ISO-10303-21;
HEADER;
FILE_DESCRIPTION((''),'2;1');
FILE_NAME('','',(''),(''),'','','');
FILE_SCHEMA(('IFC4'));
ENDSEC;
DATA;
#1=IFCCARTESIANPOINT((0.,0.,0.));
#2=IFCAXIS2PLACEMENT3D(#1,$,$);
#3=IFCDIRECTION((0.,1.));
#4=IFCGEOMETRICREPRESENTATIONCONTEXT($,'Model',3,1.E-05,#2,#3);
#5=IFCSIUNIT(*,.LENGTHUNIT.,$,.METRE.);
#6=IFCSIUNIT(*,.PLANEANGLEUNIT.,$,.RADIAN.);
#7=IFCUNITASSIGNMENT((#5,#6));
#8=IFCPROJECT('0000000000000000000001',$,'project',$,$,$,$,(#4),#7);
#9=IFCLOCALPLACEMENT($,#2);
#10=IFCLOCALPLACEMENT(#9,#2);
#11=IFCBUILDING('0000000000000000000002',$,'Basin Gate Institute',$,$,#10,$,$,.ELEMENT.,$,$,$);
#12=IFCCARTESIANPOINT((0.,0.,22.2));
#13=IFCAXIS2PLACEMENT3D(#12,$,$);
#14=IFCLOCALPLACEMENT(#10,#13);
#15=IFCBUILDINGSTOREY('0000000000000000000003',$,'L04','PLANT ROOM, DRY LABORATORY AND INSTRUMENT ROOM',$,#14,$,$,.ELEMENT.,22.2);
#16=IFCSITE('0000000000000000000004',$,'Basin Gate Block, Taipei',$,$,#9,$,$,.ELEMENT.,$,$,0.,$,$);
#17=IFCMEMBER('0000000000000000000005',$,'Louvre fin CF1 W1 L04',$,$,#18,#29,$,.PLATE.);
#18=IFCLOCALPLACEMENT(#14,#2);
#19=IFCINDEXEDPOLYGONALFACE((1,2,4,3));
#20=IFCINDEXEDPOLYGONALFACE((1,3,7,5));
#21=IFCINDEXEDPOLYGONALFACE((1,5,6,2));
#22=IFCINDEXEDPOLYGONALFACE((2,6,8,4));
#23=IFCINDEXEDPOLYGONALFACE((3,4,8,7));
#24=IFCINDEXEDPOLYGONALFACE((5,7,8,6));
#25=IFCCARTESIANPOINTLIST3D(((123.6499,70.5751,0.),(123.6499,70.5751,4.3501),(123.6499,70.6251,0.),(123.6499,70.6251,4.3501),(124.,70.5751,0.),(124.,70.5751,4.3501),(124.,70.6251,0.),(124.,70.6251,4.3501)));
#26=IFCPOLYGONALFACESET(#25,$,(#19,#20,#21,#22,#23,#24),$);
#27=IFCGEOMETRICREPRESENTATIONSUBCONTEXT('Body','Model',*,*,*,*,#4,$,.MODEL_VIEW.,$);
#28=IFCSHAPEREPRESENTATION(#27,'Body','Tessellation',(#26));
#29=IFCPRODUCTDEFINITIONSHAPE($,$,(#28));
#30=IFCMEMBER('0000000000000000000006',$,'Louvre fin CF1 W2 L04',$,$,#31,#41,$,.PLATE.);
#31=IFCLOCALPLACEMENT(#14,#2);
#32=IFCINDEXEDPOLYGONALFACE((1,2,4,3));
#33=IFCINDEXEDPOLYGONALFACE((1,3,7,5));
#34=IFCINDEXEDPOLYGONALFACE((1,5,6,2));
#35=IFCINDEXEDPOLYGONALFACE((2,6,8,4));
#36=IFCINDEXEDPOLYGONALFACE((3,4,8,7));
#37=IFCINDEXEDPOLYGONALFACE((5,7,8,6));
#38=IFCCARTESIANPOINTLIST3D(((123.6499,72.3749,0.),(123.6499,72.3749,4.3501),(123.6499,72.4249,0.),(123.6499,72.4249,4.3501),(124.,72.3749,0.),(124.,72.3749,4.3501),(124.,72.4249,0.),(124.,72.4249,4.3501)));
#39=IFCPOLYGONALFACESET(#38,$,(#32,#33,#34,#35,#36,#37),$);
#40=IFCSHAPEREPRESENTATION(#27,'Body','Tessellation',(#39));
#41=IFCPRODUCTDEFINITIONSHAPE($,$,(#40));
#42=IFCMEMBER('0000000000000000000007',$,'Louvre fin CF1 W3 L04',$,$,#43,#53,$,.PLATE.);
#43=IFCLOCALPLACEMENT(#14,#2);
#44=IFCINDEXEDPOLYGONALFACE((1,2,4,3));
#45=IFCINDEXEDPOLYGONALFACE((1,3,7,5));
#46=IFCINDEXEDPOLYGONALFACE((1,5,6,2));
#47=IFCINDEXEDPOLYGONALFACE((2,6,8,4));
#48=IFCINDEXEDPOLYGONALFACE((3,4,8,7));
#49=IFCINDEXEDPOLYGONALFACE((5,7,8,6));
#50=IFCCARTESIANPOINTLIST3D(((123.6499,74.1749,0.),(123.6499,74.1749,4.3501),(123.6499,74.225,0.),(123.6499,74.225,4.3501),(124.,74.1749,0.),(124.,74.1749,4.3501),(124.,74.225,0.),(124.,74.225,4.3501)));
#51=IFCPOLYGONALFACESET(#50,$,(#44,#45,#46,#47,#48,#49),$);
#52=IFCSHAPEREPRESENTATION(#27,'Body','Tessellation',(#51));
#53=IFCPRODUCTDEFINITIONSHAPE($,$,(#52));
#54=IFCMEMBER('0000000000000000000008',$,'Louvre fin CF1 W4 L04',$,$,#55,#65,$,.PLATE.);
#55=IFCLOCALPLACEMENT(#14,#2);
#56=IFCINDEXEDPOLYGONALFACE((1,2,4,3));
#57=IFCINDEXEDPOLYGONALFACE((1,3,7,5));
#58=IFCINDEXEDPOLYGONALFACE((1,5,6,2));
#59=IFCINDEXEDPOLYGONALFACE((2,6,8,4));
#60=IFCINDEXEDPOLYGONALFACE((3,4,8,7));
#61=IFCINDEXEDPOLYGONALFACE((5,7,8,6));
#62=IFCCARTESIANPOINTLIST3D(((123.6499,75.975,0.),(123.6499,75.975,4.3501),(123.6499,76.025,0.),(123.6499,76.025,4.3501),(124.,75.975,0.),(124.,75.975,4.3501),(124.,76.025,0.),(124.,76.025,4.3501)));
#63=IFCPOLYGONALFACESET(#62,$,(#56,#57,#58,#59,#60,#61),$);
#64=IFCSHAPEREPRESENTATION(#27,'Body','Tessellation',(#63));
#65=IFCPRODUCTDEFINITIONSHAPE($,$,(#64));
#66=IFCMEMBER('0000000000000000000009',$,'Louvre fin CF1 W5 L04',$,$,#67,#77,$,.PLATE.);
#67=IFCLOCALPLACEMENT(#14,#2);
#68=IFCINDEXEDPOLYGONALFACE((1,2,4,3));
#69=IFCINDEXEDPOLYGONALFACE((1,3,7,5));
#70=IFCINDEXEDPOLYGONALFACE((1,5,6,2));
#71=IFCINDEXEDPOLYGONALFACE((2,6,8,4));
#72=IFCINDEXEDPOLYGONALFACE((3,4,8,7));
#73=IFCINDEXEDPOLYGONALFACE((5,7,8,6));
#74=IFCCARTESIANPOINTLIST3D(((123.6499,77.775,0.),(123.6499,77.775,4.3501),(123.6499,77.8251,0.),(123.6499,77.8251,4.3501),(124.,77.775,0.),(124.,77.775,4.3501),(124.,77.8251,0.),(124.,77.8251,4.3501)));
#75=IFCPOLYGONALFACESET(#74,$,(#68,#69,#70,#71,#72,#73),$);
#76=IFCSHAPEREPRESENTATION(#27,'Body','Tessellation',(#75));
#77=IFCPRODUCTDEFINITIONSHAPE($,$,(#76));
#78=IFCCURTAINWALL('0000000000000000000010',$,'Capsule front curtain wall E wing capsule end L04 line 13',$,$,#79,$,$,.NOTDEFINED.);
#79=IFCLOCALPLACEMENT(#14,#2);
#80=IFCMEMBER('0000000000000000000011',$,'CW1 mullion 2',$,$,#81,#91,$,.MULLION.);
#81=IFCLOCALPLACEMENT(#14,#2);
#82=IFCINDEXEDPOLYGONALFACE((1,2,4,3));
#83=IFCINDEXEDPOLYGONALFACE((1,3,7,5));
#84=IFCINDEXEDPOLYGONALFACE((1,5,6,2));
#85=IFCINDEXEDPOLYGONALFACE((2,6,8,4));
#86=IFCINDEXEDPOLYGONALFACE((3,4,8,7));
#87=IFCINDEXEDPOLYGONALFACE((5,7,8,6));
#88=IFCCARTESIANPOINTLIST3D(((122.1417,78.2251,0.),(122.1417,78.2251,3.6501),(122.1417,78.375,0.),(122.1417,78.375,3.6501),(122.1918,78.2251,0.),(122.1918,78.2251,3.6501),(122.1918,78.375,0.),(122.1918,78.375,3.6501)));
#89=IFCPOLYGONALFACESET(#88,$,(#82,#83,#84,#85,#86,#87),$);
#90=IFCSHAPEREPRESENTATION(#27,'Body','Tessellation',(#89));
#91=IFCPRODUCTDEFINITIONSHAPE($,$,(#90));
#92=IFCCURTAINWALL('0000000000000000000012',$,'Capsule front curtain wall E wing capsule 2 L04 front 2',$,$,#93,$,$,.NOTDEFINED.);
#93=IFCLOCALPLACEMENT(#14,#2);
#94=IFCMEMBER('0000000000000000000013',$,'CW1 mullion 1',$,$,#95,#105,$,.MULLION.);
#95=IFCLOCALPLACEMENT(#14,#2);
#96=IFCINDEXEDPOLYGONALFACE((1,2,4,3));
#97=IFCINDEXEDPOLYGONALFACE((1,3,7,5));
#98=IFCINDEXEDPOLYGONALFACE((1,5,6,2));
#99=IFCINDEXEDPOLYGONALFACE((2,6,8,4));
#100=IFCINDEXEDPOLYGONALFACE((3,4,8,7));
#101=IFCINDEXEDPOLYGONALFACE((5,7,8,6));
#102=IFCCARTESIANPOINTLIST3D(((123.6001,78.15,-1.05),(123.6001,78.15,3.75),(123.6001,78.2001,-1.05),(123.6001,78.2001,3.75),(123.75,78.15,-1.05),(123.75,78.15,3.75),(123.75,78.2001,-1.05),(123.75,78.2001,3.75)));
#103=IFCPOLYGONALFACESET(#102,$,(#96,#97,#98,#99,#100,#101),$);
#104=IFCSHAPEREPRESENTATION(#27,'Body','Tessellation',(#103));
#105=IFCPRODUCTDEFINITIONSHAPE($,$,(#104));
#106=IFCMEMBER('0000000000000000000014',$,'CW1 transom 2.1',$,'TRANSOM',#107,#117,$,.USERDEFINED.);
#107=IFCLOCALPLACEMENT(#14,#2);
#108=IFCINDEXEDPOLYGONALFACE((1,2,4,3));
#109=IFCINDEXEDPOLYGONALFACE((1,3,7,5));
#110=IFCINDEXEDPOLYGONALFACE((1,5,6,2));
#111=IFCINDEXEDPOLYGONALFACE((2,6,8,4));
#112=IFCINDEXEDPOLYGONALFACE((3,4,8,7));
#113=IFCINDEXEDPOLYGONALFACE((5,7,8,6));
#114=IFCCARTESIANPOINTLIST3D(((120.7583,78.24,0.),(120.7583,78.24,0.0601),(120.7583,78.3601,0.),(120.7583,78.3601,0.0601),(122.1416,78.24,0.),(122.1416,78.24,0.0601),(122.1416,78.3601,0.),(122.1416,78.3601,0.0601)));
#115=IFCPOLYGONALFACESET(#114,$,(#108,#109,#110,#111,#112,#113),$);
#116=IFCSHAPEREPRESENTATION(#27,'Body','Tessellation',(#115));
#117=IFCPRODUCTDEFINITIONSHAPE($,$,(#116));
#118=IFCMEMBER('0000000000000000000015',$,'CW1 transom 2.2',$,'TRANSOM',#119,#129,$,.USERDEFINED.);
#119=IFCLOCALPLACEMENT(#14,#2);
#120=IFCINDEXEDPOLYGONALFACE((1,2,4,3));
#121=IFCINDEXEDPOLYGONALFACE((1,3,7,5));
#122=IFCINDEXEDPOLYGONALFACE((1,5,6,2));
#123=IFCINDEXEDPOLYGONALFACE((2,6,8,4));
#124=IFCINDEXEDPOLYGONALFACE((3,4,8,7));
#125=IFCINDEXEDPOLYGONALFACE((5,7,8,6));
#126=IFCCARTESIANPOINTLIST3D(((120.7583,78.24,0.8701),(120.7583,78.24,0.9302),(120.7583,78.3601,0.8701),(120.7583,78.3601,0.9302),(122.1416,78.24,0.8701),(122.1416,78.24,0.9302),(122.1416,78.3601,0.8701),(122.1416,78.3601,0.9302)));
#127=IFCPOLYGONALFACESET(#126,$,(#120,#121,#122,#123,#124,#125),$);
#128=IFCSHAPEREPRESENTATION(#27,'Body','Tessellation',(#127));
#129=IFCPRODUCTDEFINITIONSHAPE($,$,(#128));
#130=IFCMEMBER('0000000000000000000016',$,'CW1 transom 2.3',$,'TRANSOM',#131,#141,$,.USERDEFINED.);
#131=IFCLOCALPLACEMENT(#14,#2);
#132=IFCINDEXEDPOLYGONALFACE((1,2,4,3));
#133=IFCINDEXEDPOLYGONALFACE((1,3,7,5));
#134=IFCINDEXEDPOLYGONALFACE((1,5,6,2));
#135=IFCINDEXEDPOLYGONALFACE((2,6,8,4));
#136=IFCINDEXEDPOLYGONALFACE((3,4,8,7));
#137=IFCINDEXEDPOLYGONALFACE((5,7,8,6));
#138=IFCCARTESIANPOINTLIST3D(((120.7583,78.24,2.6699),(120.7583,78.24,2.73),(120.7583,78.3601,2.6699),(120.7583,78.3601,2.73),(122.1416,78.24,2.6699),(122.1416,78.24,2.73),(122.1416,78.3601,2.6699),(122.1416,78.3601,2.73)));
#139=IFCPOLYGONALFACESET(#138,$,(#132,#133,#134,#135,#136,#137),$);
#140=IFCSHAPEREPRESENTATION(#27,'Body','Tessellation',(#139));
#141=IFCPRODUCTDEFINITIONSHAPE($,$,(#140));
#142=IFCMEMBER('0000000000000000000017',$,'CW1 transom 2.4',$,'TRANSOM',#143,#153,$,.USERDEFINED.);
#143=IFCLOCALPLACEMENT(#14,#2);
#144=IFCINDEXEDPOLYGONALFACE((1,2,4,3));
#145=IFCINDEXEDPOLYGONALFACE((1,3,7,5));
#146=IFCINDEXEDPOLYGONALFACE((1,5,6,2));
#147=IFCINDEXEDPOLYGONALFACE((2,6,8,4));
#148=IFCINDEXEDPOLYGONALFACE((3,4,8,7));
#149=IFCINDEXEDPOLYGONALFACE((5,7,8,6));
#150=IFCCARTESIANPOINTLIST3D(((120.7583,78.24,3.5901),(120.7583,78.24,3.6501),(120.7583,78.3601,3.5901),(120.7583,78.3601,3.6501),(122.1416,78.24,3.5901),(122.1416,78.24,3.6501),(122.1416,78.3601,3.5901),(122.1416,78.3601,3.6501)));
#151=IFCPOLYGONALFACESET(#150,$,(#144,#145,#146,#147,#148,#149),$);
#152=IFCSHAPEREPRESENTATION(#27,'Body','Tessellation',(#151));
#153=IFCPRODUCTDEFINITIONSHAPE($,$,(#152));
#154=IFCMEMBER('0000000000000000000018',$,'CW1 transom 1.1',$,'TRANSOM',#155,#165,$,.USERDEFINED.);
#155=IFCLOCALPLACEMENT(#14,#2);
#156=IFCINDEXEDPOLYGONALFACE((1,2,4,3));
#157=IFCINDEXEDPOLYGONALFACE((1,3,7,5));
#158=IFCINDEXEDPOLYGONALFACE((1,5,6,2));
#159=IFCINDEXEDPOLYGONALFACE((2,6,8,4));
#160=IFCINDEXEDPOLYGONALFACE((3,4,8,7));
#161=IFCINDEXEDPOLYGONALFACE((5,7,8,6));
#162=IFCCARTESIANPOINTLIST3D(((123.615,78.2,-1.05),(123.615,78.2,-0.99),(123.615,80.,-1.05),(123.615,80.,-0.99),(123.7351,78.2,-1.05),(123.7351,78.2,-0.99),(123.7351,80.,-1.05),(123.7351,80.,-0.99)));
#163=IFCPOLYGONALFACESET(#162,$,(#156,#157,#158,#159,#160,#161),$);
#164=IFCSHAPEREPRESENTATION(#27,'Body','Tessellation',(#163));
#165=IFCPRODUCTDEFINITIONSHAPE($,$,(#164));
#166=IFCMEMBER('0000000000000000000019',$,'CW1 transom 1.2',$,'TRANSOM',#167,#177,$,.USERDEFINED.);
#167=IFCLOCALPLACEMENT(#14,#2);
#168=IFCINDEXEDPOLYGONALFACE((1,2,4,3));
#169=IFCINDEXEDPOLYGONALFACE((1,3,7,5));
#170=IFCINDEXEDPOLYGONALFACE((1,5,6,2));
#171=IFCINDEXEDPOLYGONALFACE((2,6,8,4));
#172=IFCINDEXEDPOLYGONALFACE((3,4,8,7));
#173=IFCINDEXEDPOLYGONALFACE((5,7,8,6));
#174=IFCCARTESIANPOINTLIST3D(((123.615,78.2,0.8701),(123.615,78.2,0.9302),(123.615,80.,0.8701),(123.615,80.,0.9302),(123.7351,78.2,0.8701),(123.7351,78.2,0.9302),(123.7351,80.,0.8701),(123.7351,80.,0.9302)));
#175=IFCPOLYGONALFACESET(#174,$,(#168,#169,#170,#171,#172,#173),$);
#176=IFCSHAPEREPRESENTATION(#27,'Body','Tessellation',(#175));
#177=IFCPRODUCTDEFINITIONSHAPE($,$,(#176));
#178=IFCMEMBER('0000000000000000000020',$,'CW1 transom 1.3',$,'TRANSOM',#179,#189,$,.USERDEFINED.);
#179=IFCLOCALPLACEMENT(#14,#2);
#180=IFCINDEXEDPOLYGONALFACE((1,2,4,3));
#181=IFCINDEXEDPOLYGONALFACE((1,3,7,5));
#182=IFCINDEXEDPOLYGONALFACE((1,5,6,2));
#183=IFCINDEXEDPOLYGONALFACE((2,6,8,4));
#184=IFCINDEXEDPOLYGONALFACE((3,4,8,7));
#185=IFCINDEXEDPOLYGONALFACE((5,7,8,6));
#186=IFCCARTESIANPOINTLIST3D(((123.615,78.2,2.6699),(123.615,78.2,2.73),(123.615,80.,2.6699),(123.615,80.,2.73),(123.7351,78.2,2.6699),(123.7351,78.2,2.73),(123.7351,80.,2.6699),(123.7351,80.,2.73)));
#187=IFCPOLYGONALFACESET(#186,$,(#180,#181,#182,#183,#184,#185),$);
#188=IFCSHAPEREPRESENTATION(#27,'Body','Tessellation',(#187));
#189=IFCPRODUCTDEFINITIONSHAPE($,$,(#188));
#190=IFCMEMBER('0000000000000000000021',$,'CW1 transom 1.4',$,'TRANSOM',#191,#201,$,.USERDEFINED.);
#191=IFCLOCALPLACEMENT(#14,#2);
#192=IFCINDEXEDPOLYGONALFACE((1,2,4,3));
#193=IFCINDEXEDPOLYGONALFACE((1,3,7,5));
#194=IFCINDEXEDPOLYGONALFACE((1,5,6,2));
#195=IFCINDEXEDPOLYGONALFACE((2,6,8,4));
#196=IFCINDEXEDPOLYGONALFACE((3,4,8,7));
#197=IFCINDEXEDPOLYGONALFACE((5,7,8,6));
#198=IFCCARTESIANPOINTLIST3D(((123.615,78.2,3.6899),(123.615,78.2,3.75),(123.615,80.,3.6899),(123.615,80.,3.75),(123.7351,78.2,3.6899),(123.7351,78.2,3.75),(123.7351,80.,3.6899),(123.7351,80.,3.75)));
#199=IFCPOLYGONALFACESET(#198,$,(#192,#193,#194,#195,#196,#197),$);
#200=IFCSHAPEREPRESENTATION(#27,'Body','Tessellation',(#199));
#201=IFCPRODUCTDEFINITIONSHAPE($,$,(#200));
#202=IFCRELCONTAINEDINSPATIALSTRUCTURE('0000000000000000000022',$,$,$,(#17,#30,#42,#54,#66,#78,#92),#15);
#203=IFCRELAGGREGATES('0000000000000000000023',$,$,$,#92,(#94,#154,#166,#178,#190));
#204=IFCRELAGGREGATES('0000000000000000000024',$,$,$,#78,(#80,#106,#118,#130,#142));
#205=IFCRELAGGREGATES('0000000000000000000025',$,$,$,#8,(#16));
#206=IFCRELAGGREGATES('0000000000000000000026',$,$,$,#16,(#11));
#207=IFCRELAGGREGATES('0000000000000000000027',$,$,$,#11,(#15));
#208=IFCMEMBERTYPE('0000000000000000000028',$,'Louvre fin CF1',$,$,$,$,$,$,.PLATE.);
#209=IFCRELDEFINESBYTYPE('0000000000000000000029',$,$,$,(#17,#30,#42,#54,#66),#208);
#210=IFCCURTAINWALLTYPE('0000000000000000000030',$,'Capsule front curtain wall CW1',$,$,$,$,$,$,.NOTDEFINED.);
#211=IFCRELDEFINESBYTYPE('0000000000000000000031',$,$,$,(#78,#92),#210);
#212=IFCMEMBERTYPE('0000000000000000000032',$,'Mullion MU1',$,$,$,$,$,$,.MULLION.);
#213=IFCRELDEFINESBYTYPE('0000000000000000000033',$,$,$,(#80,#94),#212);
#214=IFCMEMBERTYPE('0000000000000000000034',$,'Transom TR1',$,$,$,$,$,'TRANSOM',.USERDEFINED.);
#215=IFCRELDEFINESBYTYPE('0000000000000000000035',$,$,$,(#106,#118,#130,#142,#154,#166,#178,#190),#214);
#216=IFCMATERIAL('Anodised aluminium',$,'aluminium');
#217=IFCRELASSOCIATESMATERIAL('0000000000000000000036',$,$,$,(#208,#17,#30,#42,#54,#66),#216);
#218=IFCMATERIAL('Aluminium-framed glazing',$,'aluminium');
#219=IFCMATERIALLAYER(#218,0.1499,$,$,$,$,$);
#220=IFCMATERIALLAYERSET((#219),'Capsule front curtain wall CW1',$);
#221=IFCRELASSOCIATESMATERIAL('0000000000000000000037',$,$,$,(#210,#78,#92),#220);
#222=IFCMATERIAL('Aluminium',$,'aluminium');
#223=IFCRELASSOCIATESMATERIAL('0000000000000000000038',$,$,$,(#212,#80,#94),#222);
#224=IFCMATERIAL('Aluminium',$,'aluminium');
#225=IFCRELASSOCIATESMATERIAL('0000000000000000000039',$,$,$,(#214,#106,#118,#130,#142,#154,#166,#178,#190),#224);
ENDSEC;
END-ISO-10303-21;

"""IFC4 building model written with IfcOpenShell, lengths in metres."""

from ifc_helpers import new_model, si_unit, direction, frame, origin, origin_2d, place, context, subcontext, project, spatial, rectangle, extrude, material, layer, layer_set, material_profile, profile_set, type_object, element, aggregate, save


model = new_model("IFC4")

# Units and contexts
model_context = context("Model", 3, precision=1e-05, world=origin(), true_north=direction((0.0, 1.0)))
body_context = subcontext(model_context, "Body", "Model", "MODEL_VIEW")
ifc_project = project(units=[si_unit("LENGTHUNIT", "METRE"), si_unit("PLANEANGLEUNIT", "RADIAN")], contexts=[model_context])

# Site, building, storey
site_placement = place(None, origin())
site = spatial("IfcSite", under=ifc_project, at=site_placement, Name="Basin Gate Block, Taipei", CompositionType="ELEMENT", RefElevation=0.0)
building_placement = place(site_placement, origin())
building = spatial("IfcBuilding", under=site, at=building_placement, Name="Basin Gate Institute", CompositionType="ELEMENT")
storey_placement = place(building_placement, frame((0.0, 0.0, 22.2)))
storey = spatial("IfcBuildingStorey", under=building, at=storey_placement, Name="L04", Description="PLANT ROOM, DRY LABORATORY AND INSTRUMENT ROOM", CompositionType="ELEMENT", Elevation=22.2)

# Members
ifc_material_1 = material(Name="Anodised aluminium", Category="aluminium")
ifc_material_profile_1 = material_profile(ifc_material_1, rectangle(XDim=0.05, YDim=0.3501, at=origin_2d()), Name="Louvre fin CF1 50 x 350")
ifc_profile_set_1 = profile_set([ifc_material_profile_1], Name="Anodised aluminium")
member_type_1 = type_object("IfcMemberType", Name="Louvre fin CF1", PredefinedType="PLATE", material=ifc_profile_set_1)
for number, where, z_axis, x_axis, name in (
    (1, (123.825, 70.6001, 0.0), (0.0, 0.0, 1.0), (0.0, 1.0, 0.0), "Louvre fin CF1 W1 L04"),
    (2, (123.825, 72.3999, 0.0), (0.0, 0.0, 1.0), (0.0, 1.0, 0.0), "Louvre fin CF1 W2 L04"),
    (3, (123.825, 74.2, 0.0), (0.0, 0.0, 1.0), (0.0, 1.0, 0.0), "Louvre fin CF1 W3 L04"),
    (4, (123.825, 76.0, 0.0), (0.0, 0.0, 1.0), (0.0, 1.0, 0.0), "Louvre fin CF1 W4 L04"),
    (5, (123.825, 77.8, 0.0), (0.0, 0.0, 1.0), (0.0, 1.0, 0.0), "Louvre fin CF1 W5 L04"),
):
    element("IfcMember", number, at=place(storey_placement, frame(where, z_axis=z_axis, x_axis=x_axis)), inside=storey, type_object=member_type_1, material=ifc_profile_set_1, Name=name, PredefinedType="PLATE", context=body_context, shape_type="SweptSolid", body=[
        extrude(rectangle(XDim=0.05, YDim=0.3501, at=origin_2d()), origin(), (0.0, 0.0, 1.0), 4.3501),
    ])

# Curtain walls, members
ifc_material_2 = material(Name="Aluminium-framed glazing", Category="aluminium")
ifc_layer_1 = layer(ifc_material_2, 0.1499)
ifc_layer_set_1 = layer_set([ifc_layer_1], Name="Capsule front curtain wall CW1")
curtain_wall_type = type_object("IfcCurtainWallType", Name="Capsule front curtain wall CW1", PredefinedType="NOTDEFINED", material=ifc_layer_set_1)
curtain_wall_1_placement = place(storey_placement, origin())
curtain_wall_1 = element("IfcCurtainWall", 6, at=curtain_wall_1_placement, inside=storey, type_object=curtain_wall_type, material=ifc_layer_set_1, Name="Capsule front curtain wall E wing capsule end L04 line 13", PredefinedType="NOTDEFINED")
ifc_material_3 = material(Name="Aluminium", Category="aluminium")
ifc_material_profile_2 = material_profile(ifc_material_3, rectangle(XDim=0.1499, YDim=0.05, at=origin_2d()), Name="Mullion MU1 150 x 50")
ifc_profile_set_2 = profile_set([ifc_material_profile_2], Name="Aluminium")
member_type_2 = type_object("IfcMemberType", Name="Mullion MU1", PredefinedType="MULLION", material=ifc_profile_set_2)
member_1_placement = place(storey_placement, frame((122.1667, 78.3, 0.0), z_axis=(0.0, 0.0, 1.0), x_axis=(0.0, -1.0, 0.0)))
member_1 = element("IfcMember", 7, at=member_1_placement, type_object=member_type_2, material=ifc_profile_set_2, Name="CW1 mullion 2", PredefinedType="MULLION", context=body_context, shape_type="SweptSolid", body=[
    extrude(rectangle(XDim=0.1499, YDim=0.05, at=origin_2d()), origin(), (0.0, 0.0, 1.0), 3.6501),
])
curtain_wall_2_placement = place(storey_placement, origin())
curtain_wall_2 = element("IfcCurtainWall", 8, at=curtain_wall_2_placement, inside=storey, type_object=curtain_wall_type, material=ifc_layer_set_1, Name="Capsule front curtain wall E wing capsule 2 L04 front 2", PredefinedType="NOTDEFINED")
member_2_placement = place(storey_placement, frame((123.675, 78.175, -1.05), z_axis=(0.0, 0.0, 1.0), x_axis=(-1.0, 0.0, 0.0)))
member_2 = element("IfcMember", 9, at=member_2_placement, type_object=member_type_2, material=ifc_profile_set_2, Name="CW1 mullion 1", PredefinedType="MULLION", context=body_context, shape_type="SweptSolid", body=[
    extrude(rectangle(XDim=0.1499, YDim=0.05, at=origin_2d()), origin(), (0.0, 0.0, 1.0), 4.8),
])

# Members
ifc_material_4 = material(Name="Aluminium", Category="aluminium")
ifc_material_profile_3 = material_profile(ifc_material_4, rectangle(XDim=0.1201, YDim=0.0601, at=origin_2d()), Name="Transom TR1 120 x 60")
ifc_profile_set_3 = profile_set([ifc_material_profile_3], Name="Aluminium")
member_type_3 = type_object("IfcMemberType", Name="Transom TR1", ElementType="TRANSOM", PredefinedType="USERDEFINED", material=ifc_profile_set_3)
member_3_placement = place(storey_placement, frame((122.1416, 78.3, 0.03), z_axis=(-1.0, 0.0, 0.0), x_axis=(0.0, -1.0, 0.0)))
member_3 = element("IfcMember", 10, at=member_3_placement, type_object=member_type_3, material=ifc_profile_set_3, Name="CW1 transom 2.1", ObjectType="TRANSOM", PredefinedType="USERDEFINED", context=body_context, shape_type="SweptSolid", body=[
    extrude(rectangle(XDim=0.1201, YDim=0.0601, at=origin_2d()), origin(), (0.0, 0.0, 1.0), 1.3833),
])
member_4_placement = place(storey_placement, frame((122.1416, 78.3, 0.9001), z_axis=(-1.0, 0.0, 0.0), x_axis=(0.0, -1.0, 0.0)))
member_4 = element("IfcMember", 11, at=member_4_placement, type_object=member_type_3, material=ifc_profile_set_3, Name="CW1 transom 2.2", ObjectType="TRANSOM", PredefinedType="USERDEFINED", context=body_context, shape_type="SweptSolid", body=[
    extrude(rectangle(XDim=0.1201, YDim=0.0601, at=origin_2d()), origin(), (0.0, 0.0, 1.0), 1.3833),
])
member_5_placement = place(storey_placement, frame((122.1416, 78.3, 2.7), z_axis=(-1.0, 0.0, 0.0), x_axis=(0.0, -1.0, 0.0)))
member_5 = element("IfcMember", 12, at=member_5_placement, type_object=member_type_3, material=ifc_profile_set_3, Name="CW1 transom 2.3", ObjectType="TRANSOM", PredefinedType="USERDEFINED", context=body_context, shape_type="SweptSolid", body=[
    extrude(rectangle(XDim=0.1201, YDim=0.0601, at=origin_2d()), origin(), (0.0, 0.0, 1.0), 1.3833),
])
member_6_placement = place(storey_placement, frame((122.1416, 78.3, 3.6201), z_axis=(-1.0, 0.0, 0.0), x_axis=(0.0, -1.0, 0.0)))
member_6 = element("IfcMember", 13, at=member_6_placement, type_object=member_type_3, material=ifc_profile_set_3, Name="CW1 transom 2.4", ObjectType="TRANSOM", PredefinedType="USERDEFINED", context=body_context, shape_type="SweptSolid", body=[
    extrude(rectangle(XDim=0.1201, YDim=0.0601, at=origin_2d()), origin(), (0.0, 0.0, 1.0), 1.3833),
])
member_7_placement = place(storey_placement, frame((123.675, 78.2, -1.02), z_axis=(0.0, 1.0, 0.0), x_axis=(-1.0, 0.0, 0.0)))
member_7 = element("IfcMember", 14, at=member_7_placement, type_object=member_type_3, material=ifc_profile_set_3, Name="CW1 transom 1.1", ObjectType="TRANSOM", PredefinedType="USERDEFINED", context=body_context, shape_type="SweptSolid", body=[
    extrude(rectangle(XDim=0.1201, YDim=0.0601, at=origin_2d()), origin(), (0.0, 0.0, 1.0), 1.8),
])
member_8_placement = place(storey_placement, frame((123.675, 78.2, 0.9001), z_axis=(0.0, 1.0, 0.0), x_axis=(-1.0, 0.0, 0.0)))
member_8 = element("IfcMember", 15, at=member_8_placement, type_object=member_type_3, material=ifc_profile_set_3, Name="CW1 transom 1.2", ObjectType="TRANSOM", PredefinedType="USERDEFINED", context=body_context, shape_type="SweptSolid", body=[
    extrude(rectangle(XDim=0.1201, YDim=0.0601, at=origin_2d()), origin(), (0.0, 0.0, 1.0), 1.8),
])
member_9_placement = place(storey_placement, frame((123.675, 78.2, 2.7), z_axis=(0.0, 1.0, 0.0), x_axis=(-1.0, 0.0, 0.0)))
member_9 = element("IfcMember", 16, at=member_9_placement, type_object=member_type_3, material=ifc_profile_set_3, Name="CW1 transom 1.3", ObjectType="TRANSOM", PredefinedType="USERDEFINED", context=body_context, shape_type="SweptSolid", body=[
    extrude(rectangle(XDim=0.1201, YDim=0.0601, at=origin_2d()), origin(), (0.0, 0.0, 1.0), 1.8),
])
member_10_placement = place(storey_placement, frame((123.675, 78.2, 3.72), z_axis=(0.0, 1.0, 0.0), x_axis=(-1.0, 0.0, 0.0)))
member_10 = element("IfcMember", 17, at=member_10_placement, type_object=member_type_3, material=ifc_profile_set_3, Name="CW1 transom 1.4", ObjectType="TRANSOM", PredefinedType="USERDEFINED", context=body_context, shape_type="SweptSolid", body=[
    extrude(rectangle(XDim=0.1201, YDim=0.0601, at=origin_2d()), origin(), (0.0, 0.0, 1.0), 1.8),
])
aggregate(curtain_wall_2, [member_2, member_7, member_8, member_9, member_10])

aggregate(curtain_wall_1, [member_1, member_3, member_4, member_5, member_6])

save(model, "model.ifc")
